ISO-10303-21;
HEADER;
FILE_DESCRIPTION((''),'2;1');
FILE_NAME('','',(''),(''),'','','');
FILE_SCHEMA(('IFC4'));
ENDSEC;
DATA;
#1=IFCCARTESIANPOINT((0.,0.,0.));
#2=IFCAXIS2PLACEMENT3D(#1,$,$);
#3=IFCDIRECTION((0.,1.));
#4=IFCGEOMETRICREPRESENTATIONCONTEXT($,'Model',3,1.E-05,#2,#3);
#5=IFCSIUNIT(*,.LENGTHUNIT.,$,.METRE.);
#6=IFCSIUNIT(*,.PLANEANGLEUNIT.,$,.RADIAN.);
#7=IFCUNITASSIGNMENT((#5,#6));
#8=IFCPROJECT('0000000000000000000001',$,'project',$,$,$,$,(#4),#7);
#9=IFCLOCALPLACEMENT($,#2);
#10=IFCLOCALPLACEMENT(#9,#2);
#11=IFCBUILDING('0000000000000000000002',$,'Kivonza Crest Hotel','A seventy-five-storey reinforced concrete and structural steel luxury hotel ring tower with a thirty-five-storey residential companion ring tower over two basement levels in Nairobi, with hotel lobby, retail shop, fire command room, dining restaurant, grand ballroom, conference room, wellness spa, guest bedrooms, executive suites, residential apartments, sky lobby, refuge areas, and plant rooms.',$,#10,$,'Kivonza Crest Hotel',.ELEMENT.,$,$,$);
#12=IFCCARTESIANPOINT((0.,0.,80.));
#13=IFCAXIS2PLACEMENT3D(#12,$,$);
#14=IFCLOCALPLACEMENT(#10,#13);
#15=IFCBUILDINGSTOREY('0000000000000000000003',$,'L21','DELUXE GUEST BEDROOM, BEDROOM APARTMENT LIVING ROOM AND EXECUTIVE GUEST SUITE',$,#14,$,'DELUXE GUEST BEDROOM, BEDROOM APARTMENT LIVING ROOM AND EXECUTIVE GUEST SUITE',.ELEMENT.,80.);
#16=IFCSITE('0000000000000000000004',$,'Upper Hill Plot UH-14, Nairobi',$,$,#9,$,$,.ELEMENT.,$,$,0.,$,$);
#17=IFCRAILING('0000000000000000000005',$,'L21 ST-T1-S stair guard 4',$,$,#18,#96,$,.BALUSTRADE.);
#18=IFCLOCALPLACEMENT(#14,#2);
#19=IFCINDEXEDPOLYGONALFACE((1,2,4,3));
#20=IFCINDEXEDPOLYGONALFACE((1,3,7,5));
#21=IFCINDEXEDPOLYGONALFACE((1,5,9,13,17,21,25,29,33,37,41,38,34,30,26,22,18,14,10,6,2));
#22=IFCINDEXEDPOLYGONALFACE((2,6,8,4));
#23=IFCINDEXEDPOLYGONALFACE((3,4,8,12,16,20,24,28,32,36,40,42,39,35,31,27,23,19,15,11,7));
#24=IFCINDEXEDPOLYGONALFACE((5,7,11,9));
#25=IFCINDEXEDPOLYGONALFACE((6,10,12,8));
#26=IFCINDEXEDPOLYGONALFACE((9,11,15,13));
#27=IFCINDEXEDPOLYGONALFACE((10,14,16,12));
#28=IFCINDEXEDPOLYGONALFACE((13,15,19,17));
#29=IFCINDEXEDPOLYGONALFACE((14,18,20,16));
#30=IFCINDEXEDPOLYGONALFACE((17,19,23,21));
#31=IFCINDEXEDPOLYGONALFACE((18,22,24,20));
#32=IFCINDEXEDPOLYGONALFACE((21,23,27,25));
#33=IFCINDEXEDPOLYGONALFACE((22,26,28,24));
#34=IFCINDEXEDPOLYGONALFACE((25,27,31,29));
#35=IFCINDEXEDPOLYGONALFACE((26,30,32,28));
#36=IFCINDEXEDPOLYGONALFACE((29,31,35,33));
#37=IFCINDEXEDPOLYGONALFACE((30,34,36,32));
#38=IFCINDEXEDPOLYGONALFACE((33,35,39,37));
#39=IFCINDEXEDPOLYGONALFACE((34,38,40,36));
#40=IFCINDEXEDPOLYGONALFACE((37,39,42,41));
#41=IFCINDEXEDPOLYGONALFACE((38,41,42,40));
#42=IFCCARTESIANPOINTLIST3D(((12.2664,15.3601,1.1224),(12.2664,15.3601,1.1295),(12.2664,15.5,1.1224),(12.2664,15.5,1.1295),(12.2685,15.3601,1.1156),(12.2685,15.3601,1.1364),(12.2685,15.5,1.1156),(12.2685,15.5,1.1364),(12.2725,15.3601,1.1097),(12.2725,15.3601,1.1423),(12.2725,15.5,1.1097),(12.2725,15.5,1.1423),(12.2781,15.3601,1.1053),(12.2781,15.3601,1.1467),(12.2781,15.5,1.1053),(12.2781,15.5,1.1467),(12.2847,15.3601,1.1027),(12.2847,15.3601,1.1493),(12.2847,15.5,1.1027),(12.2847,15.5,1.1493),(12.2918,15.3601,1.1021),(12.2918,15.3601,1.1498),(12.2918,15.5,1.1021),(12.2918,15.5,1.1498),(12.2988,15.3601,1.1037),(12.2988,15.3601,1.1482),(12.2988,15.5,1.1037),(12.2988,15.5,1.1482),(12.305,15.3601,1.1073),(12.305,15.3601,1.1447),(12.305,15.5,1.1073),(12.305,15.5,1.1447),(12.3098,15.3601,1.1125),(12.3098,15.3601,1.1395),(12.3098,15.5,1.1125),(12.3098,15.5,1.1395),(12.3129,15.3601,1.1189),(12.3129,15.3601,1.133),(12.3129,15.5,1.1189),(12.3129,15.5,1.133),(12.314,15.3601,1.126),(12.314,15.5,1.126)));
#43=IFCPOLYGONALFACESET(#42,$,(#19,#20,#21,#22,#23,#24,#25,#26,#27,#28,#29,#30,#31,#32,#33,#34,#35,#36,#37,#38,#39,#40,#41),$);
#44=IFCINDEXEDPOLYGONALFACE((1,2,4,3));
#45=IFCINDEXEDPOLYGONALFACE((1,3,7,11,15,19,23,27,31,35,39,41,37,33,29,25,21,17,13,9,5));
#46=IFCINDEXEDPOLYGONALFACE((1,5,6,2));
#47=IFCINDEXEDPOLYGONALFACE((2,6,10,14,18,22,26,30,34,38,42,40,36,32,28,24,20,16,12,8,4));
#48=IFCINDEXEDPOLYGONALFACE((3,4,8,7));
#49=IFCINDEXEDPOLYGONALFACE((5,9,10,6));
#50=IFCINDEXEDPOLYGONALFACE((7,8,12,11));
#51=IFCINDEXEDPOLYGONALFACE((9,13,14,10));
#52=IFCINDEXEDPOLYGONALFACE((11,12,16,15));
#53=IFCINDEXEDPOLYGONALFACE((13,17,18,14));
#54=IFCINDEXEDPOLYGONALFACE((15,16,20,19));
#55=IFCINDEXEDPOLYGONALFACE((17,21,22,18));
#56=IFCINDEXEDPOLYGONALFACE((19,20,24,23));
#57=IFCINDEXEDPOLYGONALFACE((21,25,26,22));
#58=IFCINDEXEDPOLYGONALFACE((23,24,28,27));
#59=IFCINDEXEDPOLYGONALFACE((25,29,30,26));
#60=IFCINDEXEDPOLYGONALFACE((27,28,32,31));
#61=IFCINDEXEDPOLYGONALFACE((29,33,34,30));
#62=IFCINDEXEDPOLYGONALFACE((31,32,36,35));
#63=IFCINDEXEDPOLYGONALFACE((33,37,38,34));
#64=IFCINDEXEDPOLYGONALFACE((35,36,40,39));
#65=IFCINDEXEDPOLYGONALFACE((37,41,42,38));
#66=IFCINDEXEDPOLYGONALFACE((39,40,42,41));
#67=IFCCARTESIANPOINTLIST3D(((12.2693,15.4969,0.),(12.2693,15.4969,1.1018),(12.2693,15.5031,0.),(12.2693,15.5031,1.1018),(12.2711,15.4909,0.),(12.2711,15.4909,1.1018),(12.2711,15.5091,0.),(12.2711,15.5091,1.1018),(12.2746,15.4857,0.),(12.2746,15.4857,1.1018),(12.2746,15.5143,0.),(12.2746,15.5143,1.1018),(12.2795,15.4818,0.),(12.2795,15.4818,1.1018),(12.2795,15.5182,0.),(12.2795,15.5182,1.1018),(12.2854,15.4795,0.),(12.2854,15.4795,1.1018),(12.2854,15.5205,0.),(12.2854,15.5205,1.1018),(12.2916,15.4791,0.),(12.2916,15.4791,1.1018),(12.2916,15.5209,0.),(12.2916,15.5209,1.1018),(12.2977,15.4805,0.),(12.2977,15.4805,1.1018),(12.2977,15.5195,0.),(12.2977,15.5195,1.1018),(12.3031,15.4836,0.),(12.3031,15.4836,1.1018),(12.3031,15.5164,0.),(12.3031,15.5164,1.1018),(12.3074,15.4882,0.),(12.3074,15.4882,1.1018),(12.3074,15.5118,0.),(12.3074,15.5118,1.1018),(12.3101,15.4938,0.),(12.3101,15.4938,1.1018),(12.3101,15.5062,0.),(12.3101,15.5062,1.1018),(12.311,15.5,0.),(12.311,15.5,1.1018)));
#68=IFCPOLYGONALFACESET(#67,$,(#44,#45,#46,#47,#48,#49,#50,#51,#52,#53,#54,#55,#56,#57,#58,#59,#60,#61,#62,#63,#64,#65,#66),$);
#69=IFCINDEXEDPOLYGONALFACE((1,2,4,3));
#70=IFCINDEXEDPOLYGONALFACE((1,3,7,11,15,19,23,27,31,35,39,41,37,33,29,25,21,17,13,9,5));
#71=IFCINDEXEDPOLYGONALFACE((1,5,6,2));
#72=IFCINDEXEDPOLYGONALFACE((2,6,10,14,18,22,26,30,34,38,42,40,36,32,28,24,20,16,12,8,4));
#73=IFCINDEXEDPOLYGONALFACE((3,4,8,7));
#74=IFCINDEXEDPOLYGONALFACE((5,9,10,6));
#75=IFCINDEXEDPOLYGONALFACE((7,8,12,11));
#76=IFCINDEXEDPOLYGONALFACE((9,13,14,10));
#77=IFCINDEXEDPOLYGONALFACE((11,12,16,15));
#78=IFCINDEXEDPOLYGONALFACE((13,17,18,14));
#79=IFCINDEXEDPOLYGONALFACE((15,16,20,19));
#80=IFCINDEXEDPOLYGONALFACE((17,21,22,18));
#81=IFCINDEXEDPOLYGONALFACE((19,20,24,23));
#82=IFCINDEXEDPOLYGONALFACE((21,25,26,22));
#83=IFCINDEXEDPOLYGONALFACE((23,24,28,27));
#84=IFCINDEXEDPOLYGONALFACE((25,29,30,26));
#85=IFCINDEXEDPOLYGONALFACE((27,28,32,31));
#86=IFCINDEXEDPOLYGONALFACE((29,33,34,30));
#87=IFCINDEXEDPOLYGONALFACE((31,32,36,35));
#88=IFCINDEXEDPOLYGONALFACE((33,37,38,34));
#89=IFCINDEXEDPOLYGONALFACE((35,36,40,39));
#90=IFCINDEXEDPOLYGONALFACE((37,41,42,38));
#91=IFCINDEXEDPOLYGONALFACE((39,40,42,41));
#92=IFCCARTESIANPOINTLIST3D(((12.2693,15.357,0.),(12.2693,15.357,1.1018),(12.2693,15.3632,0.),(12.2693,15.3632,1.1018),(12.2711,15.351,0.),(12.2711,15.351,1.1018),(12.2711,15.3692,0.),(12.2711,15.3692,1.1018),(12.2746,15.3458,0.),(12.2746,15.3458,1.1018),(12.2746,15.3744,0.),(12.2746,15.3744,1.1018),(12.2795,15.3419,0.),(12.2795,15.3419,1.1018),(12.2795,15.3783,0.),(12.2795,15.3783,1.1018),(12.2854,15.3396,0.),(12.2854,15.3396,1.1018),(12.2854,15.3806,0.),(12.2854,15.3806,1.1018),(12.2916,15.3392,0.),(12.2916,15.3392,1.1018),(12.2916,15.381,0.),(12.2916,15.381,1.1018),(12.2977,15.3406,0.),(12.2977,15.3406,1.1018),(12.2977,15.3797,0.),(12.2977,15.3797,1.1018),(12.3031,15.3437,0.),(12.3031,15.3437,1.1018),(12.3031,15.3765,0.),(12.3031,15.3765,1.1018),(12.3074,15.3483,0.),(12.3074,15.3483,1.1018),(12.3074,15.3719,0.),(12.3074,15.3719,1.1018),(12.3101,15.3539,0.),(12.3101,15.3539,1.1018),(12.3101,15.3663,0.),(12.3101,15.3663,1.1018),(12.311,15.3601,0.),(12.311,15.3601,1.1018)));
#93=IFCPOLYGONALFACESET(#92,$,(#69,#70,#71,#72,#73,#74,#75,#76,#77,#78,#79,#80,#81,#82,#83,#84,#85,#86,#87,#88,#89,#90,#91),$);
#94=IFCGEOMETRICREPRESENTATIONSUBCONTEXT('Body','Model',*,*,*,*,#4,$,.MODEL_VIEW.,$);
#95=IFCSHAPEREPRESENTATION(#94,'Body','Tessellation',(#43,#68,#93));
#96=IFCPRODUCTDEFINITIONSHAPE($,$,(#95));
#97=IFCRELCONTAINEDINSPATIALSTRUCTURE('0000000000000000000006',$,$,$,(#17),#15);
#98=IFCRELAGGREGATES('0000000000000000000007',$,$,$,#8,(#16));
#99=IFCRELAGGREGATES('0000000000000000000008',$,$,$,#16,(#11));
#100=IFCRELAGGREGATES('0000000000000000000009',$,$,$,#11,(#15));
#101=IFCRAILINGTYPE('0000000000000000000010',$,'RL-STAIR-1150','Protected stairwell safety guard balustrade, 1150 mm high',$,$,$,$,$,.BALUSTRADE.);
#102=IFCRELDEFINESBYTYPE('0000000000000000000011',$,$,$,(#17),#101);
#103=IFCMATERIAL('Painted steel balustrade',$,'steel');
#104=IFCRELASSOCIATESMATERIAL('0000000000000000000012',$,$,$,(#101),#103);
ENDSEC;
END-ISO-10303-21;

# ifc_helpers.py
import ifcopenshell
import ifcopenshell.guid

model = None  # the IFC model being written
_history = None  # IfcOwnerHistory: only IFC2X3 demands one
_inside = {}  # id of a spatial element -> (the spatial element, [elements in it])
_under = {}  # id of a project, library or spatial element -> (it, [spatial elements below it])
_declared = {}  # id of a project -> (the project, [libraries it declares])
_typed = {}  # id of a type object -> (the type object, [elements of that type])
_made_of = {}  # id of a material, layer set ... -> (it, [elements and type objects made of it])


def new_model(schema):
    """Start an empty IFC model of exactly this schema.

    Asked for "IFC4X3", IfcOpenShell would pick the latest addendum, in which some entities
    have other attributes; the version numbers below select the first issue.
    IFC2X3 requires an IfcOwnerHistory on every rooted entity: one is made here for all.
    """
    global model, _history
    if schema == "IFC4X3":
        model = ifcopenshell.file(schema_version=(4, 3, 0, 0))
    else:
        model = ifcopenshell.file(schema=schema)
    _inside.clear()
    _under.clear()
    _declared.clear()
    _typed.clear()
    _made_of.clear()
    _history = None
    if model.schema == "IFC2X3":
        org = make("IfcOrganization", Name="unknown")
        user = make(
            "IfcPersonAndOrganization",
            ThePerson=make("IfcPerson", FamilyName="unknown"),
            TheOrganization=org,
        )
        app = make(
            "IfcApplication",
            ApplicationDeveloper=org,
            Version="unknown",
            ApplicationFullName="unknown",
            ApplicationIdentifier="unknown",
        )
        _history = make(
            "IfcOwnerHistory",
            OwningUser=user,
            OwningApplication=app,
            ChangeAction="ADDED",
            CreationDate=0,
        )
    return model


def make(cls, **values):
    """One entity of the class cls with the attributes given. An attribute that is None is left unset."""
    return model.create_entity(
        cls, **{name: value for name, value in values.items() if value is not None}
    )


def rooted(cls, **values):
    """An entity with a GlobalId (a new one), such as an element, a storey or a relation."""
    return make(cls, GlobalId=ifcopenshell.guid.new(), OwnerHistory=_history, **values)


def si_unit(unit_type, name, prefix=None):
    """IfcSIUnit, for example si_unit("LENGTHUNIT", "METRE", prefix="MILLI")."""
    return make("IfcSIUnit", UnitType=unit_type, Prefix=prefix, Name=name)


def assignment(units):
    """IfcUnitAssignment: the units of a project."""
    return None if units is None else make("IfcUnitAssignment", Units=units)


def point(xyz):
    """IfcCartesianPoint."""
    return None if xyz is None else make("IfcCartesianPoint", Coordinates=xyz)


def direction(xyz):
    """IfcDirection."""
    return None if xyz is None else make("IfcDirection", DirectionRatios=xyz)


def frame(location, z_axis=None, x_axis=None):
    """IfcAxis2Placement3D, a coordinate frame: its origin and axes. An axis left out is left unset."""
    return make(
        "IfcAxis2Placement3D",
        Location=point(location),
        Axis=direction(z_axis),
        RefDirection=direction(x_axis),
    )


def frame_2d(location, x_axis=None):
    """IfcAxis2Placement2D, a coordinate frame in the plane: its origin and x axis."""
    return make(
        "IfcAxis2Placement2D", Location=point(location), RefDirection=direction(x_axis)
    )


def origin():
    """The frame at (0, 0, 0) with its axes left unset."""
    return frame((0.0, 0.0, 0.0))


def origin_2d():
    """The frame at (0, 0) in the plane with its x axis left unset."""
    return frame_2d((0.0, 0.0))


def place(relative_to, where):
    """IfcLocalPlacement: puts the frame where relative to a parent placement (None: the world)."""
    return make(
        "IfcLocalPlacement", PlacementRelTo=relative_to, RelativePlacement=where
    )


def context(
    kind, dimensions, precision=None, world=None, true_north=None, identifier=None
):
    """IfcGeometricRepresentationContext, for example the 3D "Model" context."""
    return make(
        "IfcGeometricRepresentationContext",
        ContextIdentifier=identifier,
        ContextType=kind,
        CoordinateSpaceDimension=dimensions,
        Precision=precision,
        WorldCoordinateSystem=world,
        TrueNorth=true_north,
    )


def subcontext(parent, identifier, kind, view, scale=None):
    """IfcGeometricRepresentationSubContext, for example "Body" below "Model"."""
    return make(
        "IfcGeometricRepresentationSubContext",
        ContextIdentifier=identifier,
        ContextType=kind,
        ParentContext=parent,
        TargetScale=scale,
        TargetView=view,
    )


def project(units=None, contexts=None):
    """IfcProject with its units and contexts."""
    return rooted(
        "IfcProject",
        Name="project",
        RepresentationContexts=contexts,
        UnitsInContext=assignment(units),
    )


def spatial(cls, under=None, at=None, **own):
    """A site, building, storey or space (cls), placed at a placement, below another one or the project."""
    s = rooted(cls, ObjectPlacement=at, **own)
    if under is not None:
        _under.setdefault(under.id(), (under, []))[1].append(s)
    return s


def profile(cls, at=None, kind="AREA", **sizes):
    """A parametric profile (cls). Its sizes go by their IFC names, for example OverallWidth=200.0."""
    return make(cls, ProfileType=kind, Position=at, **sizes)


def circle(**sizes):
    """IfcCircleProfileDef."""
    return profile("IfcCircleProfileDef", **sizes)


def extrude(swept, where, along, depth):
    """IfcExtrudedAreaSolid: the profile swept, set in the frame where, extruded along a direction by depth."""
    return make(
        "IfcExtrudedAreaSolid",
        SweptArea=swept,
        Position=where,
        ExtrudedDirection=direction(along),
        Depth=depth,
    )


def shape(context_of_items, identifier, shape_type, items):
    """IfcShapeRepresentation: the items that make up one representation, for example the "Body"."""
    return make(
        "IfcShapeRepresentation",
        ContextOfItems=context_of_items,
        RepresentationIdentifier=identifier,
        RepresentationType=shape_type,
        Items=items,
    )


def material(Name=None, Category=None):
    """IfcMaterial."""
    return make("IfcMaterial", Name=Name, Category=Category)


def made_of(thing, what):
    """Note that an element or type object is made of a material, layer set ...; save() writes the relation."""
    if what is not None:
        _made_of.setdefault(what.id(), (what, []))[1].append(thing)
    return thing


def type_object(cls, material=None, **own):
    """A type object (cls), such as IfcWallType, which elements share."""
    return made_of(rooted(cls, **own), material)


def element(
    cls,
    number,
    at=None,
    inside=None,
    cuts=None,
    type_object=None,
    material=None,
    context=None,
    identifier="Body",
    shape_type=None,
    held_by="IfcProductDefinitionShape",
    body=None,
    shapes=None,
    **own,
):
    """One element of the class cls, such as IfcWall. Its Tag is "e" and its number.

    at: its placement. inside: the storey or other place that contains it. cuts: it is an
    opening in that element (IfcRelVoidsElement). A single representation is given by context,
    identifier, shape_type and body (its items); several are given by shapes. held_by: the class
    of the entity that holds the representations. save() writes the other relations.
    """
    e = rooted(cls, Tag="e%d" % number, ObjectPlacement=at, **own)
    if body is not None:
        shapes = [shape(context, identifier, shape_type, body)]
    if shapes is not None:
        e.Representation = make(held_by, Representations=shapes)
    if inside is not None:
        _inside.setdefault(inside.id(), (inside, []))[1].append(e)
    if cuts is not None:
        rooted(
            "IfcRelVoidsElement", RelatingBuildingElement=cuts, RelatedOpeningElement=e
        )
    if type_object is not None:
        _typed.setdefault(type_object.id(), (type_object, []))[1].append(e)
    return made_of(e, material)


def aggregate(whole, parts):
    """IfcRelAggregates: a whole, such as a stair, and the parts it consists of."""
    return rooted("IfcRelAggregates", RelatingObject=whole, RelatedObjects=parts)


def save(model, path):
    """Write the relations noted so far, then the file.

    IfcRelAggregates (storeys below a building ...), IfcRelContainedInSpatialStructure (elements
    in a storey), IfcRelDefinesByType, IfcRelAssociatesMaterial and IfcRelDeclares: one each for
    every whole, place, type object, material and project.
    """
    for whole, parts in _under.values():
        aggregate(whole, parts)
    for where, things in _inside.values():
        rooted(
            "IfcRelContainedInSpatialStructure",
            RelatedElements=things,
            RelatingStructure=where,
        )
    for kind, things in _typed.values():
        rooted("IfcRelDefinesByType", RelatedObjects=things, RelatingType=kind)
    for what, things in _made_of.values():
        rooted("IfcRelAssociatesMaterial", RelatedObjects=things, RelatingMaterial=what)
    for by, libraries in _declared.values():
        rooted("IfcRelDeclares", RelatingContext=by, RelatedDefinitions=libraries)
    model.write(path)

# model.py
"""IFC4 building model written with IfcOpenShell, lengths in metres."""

from ifc_helpers import new_model, si_unit, direction, frame, origin, origin_2d, place, context, subcontext, project, spatial, circle, extrude, material, type_object, element, save


model = new_model("IFC4")

# Units and contexts
model_context = context("Model", 3, precision=1e-05, world=origin(), true_north=direction((0.0, 1.0)))
body_context = subcontext(model_context, "Body", "Model", "MODEL_VIEW")
ifc_project = project(units=[si_unit("LENGTHUNIT", "METRE"), si_unit("PLANEANGLEUNIT", "RADIAN")], contexts=[model_context])

# Site, building, storey
site_placement = place(None, origin())
site = spatial("IfcSite", under=ifc_project, at=site_placement, Name="Upper Hill Plot UH-14, Nairobi", CompositionType="ELEMENT", RefElevation=0.0)
building_placement = place(site_placement, origin())
building = spatial("IfcBuilding", under=site, at=building_placement, Name="Kivonza Crest Hotel", Description="A seventy-five-storey reinforced concrete and structural steel luxury hotel ring tower with a thirty-five-storey residential companion ring tower over two basement levels in Nairobi, with hotel lobby, retail shop, fire command room, dining restaurant, grand ballroom, conference room, wellness spa, guest bedrooms, executive suites, residential apartments, sky lobby, refuge areas, and plant rooms.", LongName="Kivonza Crest Hotel", CompositionType="ELEMENT")
storey_placement = place(building_placement, frame((0.0, 0.0, 80.0)))
storey = spatial("IfcBuildingStorey", under=building, at=storey_placement, Name="L21", Description="DELUXE GUEST BEDROOM, BEDROOM APARTMENT LIVING ROOM AND EXECUTIVE GUEST SUITE", LongName="DELUXE GUEST BEDROOM, BEDROOM APARTMENT LIVING ROOM AND EXECUTIVE GUEST SUITE", CompositionType="ELEMENT", Elevation=80.0)

# Railing
ifc_material_1 = material(Name="Painted steel balustrade", Category="steel")
railing_type_1 = type_object("IfcRailingType", Name="RL-STAIR-1150", Description="Protected stairwell safety guard balustrade, 1150 mm high", PredefinedType="BALUSTRADE", material=ifc_material_1)
railing_1_placement = place(storey_placement, frame((12.29, 15.5, 0.0)))
element("IfcRailing", 1, at=railing_1_placement, inside=storey, type_object=railing_type_1, Name="L21 ST-T1-S stair guard 4", PredefinedType="BALUSTRADE", context=body_context, shape_type="SweptSolid", body=[
    extrude(circle(Radius=0.0239, at=origin_2d()), frame((0.0, 0.0, 1.126), z_axis=(0.0, -1.0, 0.0), x_axis=(1.0, 0.0, 0.0)), (0.0, 0.0, 1.0), 0.1399),
    extrude(circle(Radius=0.021, at=origin_2d()), origin(), (0.0, 0.0, 1.0), 1.1018),
    extrude(circle(Radius=0.021, at=origin_2d()), frame((0.0, -0.1399, 0.0)), (0.0, 0.0, 1.0), 1.1018),
])

save(model, "model.ifc")
